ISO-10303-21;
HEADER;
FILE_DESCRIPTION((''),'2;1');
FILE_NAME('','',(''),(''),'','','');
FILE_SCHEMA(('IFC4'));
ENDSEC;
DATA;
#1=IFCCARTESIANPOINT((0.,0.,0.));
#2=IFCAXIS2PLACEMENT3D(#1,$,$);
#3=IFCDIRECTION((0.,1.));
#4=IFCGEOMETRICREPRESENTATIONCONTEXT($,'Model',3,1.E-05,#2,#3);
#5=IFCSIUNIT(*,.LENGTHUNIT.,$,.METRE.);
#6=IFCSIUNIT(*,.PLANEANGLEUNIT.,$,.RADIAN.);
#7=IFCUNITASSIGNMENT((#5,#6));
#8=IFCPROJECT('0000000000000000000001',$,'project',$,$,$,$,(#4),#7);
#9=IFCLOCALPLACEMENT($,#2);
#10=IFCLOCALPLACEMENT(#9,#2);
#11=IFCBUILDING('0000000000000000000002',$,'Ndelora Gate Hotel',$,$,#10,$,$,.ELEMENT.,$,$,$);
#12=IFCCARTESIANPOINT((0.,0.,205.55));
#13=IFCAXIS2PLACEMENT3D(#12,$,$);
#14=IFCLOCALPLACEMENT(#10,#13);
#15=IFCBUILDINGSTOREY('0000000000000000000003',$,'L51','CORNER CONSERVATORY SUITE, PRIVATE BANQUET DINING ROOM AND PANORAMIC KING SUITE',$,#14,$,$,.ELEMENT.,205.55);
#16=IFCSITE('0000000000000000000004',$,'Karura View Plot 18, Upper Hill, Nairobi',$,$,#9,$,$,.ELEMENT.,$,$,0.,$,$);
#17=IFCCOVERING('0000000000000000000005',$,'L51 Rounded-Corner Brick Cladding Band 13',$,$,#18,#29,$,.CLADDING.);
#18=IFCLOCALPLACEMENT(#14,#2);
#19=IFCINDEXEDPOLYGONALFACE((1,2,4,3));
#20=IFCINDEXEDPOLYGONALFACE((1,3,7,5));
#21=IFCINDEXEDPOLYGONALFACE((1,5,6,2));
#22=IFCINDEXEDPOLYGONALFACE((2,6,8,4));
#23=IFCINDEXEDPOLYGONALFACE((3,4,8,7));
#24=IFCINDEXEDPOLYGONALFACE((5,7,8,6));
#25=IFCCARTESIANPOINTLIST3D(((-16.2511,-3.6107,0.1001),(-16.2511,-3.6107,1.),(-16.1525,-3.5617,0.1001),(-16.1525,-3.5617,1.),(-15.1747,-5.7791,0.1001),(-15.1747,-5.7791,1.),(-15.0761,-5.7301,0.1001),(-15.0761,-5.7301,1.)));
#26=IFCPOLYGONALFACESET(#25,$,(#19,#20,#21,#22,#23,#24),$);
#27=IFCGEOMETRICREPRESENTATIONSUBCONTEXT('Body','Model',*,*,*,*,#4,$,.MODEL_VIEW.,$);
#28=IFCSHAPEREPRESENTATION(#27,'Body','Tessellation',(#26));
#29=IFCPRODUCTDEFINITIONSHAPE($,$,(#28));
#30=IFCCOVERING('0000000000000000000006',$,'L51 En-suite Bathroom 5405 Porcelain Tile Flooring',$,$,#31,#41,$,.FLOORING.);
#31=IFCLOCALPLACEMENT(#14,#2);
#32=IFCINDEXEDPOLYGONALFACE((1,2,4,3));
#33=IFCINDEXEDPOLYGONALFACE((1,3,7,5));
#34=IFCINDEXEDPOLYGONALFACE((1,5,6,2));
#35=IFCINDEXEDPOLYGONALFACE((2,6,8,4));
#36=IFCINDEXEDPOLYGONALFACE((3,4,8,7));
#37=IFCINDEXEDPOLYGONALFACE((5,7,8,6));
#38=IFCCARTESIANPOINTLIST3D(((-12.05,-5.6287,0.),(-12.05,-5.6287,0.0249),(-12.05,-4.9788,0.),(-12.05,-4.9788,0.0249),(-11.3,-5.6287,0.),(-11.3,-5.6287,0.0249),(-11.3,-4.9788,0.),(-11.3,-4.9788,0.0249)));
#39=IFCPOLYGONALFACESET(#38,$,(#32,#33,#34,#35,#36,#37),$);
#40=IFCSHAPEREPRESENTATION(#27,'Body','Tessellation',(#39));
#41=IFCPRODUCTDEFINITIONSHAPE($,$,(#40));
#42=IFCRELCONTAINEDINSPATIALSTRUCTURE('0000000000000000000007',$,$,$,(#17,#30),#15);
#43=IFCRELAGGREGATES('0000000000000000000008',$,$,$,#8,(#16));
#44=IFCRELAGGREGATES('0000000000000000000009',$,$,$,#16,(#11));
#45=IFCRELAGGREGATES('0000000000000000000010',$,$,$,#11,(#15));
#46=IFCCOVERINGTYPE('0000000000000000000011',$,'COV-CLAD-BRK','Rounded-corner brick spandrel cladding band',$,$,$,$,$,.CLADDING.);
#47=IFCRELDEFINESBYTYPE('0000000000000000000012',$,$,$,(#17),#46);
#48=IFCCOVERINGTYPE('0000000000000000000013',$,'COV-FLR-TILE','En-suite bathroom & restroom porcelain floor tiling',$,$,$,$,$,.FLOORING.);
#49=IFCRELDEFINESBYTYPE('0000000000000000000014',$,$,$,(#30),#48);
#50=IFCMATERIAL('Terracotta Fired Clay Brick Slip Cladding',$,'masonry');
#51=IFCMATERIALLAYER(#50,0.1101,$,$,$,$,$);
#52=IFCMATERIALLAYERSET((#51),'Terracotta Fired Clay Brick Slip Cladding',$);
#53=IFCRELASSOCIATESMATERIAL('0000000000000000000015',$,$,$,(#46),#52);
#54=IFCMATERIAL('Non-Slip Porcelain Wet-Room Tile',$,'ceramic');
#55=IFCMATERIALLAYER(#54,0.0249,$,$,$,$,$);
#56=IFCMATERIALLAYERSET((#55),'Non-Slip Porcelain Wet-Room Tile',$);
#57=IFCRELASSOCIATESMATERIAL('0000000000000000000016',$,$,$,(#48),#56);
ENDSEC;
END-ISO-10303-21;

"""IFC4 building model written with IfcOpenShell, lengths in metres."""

from ifc_helpers import new_model, si_unit, direction, frame, origin, origin_2d, place, context, subcontext, project, spatial, rectangle, extrude, material, layer, layer_set, type_object, element, save


model = new_model("IFC4")

# Units and contexts
model_context = context("Model", 3, precision=1e-05, world=origin(), true_north=direction((0.0, 1.0)))
body_context = subcontext(model_context, "Body", "Model", "MODEL_VIEW")
ifc_project = project(units=[si_unit("LENGTHUNIT", "METRE"), si_unit("PLANEANGLEUNIT", "RADIAN")], contexts=[model_context])

# Site, building, storey
site_placement = place(None, origin())
site = spatial("IfcSite", under=ifc_project, at=site_placement, Name="Karura View Plot 18, Upper Hill, Nairobi", CompositionType="ELEMENT", RefElevation=0.0)
building_placement = place(site_placement, origin())
building = spatial("IfcBuilding", under=site, at=building_placement, Name="Ndelora Gate Hotel", CompositionType="ELEMENT")
storey_placement = place(building_placement, frame((0.0, 0.0, 205.55)))
storey = spatial("IfcBuildingStorey", under=building, at=storey_placement, Name="L51", Description="CORNER CONSERVATORY SUITE, PRIVATE BANQUET DINING ROOM AND PANORAMIC KING SUITE", CompositionType="ELEMENT", Elevation=205.55)

# Coverings
ifc_material_1 = material(Name="Terracotta Fired Clay Brick Slip Cladding", Category="masonry")
ifc_layer_1 = layer(ifc_material_1, 0.1101)
ifc_layer_set_1 = layer_set([ifc_layer_1], Name="Terracotta Fired Clay Brick Slip Cladding")
covering_type_1 = type_object("IfcCoveringType", Name="COV-CLAD-BRK", Description="Rounded-corner brick spandrel cladding band", PredefinedType="CLADDING", material=ifc_layer_set_1)
covering_1_placement = place(storey_placement, frame((-15.6636, -4.6704, 0.1001), z_axis=(0.0, 0.0, 1.0), x_axis=(-0.444635, 0.895712, 0.0)))
element("IfcCovering", 1, at=covering_1_placement, inside=storey, type_object=covering_type_1, Name="L51 Rounded-Corner Brick Cladding Band 13", PredefinedType="CLADDING", context=body_context, shape_type="SweptSolid", body=[
    extrude(rectangle(XDim=2.4209, YDim=0.1101, at=origin_2d()), origin(), (0.0, 0.0, 1.0), 0.8999),
])
ifc_material_2 = material(Name="Non-Slip Porcelain Wet-Room Tile", Category="ceramic")
ifc_layer_2 = layer(ifc_material_2, 0.0249)
ifc_layer_set_2 = layer_set([ifc_layer_2], Name="Non-Slip Porcelain Wet-Room Tile")
covering_type_2 = type_object("IfcCoveringType", Name="COV-FLR-TILE", Description="En-suite bathroom & restroom porcelain floor tiling", PredefinedType="FLOORING", material=ifc_layer_set_2)
covering_2_placement = place(storey_placement, frame((-11.675, -5.3037, 0.0), z_axis=(0.0, 0.0, 1.0), x_axis=(1.0, 0.0, 0.0)))
element("IfcCovering", 2, at=covering_2_placement, inside=storey, type_object=covering_type_2, Name="L51 En-suite Bathroom 5405 Porcelain Tile Flooring", PredefinedType="FLOORING", context=body_context, shape_type="SweptSolid", body=[
    extrude(rectangle(XDim=0.75, YDim=0.6499, at=origin_2d()), origin(), (0.0, 0.0, 1.0), 0.0249),
])

save(model, "model.ifc")
